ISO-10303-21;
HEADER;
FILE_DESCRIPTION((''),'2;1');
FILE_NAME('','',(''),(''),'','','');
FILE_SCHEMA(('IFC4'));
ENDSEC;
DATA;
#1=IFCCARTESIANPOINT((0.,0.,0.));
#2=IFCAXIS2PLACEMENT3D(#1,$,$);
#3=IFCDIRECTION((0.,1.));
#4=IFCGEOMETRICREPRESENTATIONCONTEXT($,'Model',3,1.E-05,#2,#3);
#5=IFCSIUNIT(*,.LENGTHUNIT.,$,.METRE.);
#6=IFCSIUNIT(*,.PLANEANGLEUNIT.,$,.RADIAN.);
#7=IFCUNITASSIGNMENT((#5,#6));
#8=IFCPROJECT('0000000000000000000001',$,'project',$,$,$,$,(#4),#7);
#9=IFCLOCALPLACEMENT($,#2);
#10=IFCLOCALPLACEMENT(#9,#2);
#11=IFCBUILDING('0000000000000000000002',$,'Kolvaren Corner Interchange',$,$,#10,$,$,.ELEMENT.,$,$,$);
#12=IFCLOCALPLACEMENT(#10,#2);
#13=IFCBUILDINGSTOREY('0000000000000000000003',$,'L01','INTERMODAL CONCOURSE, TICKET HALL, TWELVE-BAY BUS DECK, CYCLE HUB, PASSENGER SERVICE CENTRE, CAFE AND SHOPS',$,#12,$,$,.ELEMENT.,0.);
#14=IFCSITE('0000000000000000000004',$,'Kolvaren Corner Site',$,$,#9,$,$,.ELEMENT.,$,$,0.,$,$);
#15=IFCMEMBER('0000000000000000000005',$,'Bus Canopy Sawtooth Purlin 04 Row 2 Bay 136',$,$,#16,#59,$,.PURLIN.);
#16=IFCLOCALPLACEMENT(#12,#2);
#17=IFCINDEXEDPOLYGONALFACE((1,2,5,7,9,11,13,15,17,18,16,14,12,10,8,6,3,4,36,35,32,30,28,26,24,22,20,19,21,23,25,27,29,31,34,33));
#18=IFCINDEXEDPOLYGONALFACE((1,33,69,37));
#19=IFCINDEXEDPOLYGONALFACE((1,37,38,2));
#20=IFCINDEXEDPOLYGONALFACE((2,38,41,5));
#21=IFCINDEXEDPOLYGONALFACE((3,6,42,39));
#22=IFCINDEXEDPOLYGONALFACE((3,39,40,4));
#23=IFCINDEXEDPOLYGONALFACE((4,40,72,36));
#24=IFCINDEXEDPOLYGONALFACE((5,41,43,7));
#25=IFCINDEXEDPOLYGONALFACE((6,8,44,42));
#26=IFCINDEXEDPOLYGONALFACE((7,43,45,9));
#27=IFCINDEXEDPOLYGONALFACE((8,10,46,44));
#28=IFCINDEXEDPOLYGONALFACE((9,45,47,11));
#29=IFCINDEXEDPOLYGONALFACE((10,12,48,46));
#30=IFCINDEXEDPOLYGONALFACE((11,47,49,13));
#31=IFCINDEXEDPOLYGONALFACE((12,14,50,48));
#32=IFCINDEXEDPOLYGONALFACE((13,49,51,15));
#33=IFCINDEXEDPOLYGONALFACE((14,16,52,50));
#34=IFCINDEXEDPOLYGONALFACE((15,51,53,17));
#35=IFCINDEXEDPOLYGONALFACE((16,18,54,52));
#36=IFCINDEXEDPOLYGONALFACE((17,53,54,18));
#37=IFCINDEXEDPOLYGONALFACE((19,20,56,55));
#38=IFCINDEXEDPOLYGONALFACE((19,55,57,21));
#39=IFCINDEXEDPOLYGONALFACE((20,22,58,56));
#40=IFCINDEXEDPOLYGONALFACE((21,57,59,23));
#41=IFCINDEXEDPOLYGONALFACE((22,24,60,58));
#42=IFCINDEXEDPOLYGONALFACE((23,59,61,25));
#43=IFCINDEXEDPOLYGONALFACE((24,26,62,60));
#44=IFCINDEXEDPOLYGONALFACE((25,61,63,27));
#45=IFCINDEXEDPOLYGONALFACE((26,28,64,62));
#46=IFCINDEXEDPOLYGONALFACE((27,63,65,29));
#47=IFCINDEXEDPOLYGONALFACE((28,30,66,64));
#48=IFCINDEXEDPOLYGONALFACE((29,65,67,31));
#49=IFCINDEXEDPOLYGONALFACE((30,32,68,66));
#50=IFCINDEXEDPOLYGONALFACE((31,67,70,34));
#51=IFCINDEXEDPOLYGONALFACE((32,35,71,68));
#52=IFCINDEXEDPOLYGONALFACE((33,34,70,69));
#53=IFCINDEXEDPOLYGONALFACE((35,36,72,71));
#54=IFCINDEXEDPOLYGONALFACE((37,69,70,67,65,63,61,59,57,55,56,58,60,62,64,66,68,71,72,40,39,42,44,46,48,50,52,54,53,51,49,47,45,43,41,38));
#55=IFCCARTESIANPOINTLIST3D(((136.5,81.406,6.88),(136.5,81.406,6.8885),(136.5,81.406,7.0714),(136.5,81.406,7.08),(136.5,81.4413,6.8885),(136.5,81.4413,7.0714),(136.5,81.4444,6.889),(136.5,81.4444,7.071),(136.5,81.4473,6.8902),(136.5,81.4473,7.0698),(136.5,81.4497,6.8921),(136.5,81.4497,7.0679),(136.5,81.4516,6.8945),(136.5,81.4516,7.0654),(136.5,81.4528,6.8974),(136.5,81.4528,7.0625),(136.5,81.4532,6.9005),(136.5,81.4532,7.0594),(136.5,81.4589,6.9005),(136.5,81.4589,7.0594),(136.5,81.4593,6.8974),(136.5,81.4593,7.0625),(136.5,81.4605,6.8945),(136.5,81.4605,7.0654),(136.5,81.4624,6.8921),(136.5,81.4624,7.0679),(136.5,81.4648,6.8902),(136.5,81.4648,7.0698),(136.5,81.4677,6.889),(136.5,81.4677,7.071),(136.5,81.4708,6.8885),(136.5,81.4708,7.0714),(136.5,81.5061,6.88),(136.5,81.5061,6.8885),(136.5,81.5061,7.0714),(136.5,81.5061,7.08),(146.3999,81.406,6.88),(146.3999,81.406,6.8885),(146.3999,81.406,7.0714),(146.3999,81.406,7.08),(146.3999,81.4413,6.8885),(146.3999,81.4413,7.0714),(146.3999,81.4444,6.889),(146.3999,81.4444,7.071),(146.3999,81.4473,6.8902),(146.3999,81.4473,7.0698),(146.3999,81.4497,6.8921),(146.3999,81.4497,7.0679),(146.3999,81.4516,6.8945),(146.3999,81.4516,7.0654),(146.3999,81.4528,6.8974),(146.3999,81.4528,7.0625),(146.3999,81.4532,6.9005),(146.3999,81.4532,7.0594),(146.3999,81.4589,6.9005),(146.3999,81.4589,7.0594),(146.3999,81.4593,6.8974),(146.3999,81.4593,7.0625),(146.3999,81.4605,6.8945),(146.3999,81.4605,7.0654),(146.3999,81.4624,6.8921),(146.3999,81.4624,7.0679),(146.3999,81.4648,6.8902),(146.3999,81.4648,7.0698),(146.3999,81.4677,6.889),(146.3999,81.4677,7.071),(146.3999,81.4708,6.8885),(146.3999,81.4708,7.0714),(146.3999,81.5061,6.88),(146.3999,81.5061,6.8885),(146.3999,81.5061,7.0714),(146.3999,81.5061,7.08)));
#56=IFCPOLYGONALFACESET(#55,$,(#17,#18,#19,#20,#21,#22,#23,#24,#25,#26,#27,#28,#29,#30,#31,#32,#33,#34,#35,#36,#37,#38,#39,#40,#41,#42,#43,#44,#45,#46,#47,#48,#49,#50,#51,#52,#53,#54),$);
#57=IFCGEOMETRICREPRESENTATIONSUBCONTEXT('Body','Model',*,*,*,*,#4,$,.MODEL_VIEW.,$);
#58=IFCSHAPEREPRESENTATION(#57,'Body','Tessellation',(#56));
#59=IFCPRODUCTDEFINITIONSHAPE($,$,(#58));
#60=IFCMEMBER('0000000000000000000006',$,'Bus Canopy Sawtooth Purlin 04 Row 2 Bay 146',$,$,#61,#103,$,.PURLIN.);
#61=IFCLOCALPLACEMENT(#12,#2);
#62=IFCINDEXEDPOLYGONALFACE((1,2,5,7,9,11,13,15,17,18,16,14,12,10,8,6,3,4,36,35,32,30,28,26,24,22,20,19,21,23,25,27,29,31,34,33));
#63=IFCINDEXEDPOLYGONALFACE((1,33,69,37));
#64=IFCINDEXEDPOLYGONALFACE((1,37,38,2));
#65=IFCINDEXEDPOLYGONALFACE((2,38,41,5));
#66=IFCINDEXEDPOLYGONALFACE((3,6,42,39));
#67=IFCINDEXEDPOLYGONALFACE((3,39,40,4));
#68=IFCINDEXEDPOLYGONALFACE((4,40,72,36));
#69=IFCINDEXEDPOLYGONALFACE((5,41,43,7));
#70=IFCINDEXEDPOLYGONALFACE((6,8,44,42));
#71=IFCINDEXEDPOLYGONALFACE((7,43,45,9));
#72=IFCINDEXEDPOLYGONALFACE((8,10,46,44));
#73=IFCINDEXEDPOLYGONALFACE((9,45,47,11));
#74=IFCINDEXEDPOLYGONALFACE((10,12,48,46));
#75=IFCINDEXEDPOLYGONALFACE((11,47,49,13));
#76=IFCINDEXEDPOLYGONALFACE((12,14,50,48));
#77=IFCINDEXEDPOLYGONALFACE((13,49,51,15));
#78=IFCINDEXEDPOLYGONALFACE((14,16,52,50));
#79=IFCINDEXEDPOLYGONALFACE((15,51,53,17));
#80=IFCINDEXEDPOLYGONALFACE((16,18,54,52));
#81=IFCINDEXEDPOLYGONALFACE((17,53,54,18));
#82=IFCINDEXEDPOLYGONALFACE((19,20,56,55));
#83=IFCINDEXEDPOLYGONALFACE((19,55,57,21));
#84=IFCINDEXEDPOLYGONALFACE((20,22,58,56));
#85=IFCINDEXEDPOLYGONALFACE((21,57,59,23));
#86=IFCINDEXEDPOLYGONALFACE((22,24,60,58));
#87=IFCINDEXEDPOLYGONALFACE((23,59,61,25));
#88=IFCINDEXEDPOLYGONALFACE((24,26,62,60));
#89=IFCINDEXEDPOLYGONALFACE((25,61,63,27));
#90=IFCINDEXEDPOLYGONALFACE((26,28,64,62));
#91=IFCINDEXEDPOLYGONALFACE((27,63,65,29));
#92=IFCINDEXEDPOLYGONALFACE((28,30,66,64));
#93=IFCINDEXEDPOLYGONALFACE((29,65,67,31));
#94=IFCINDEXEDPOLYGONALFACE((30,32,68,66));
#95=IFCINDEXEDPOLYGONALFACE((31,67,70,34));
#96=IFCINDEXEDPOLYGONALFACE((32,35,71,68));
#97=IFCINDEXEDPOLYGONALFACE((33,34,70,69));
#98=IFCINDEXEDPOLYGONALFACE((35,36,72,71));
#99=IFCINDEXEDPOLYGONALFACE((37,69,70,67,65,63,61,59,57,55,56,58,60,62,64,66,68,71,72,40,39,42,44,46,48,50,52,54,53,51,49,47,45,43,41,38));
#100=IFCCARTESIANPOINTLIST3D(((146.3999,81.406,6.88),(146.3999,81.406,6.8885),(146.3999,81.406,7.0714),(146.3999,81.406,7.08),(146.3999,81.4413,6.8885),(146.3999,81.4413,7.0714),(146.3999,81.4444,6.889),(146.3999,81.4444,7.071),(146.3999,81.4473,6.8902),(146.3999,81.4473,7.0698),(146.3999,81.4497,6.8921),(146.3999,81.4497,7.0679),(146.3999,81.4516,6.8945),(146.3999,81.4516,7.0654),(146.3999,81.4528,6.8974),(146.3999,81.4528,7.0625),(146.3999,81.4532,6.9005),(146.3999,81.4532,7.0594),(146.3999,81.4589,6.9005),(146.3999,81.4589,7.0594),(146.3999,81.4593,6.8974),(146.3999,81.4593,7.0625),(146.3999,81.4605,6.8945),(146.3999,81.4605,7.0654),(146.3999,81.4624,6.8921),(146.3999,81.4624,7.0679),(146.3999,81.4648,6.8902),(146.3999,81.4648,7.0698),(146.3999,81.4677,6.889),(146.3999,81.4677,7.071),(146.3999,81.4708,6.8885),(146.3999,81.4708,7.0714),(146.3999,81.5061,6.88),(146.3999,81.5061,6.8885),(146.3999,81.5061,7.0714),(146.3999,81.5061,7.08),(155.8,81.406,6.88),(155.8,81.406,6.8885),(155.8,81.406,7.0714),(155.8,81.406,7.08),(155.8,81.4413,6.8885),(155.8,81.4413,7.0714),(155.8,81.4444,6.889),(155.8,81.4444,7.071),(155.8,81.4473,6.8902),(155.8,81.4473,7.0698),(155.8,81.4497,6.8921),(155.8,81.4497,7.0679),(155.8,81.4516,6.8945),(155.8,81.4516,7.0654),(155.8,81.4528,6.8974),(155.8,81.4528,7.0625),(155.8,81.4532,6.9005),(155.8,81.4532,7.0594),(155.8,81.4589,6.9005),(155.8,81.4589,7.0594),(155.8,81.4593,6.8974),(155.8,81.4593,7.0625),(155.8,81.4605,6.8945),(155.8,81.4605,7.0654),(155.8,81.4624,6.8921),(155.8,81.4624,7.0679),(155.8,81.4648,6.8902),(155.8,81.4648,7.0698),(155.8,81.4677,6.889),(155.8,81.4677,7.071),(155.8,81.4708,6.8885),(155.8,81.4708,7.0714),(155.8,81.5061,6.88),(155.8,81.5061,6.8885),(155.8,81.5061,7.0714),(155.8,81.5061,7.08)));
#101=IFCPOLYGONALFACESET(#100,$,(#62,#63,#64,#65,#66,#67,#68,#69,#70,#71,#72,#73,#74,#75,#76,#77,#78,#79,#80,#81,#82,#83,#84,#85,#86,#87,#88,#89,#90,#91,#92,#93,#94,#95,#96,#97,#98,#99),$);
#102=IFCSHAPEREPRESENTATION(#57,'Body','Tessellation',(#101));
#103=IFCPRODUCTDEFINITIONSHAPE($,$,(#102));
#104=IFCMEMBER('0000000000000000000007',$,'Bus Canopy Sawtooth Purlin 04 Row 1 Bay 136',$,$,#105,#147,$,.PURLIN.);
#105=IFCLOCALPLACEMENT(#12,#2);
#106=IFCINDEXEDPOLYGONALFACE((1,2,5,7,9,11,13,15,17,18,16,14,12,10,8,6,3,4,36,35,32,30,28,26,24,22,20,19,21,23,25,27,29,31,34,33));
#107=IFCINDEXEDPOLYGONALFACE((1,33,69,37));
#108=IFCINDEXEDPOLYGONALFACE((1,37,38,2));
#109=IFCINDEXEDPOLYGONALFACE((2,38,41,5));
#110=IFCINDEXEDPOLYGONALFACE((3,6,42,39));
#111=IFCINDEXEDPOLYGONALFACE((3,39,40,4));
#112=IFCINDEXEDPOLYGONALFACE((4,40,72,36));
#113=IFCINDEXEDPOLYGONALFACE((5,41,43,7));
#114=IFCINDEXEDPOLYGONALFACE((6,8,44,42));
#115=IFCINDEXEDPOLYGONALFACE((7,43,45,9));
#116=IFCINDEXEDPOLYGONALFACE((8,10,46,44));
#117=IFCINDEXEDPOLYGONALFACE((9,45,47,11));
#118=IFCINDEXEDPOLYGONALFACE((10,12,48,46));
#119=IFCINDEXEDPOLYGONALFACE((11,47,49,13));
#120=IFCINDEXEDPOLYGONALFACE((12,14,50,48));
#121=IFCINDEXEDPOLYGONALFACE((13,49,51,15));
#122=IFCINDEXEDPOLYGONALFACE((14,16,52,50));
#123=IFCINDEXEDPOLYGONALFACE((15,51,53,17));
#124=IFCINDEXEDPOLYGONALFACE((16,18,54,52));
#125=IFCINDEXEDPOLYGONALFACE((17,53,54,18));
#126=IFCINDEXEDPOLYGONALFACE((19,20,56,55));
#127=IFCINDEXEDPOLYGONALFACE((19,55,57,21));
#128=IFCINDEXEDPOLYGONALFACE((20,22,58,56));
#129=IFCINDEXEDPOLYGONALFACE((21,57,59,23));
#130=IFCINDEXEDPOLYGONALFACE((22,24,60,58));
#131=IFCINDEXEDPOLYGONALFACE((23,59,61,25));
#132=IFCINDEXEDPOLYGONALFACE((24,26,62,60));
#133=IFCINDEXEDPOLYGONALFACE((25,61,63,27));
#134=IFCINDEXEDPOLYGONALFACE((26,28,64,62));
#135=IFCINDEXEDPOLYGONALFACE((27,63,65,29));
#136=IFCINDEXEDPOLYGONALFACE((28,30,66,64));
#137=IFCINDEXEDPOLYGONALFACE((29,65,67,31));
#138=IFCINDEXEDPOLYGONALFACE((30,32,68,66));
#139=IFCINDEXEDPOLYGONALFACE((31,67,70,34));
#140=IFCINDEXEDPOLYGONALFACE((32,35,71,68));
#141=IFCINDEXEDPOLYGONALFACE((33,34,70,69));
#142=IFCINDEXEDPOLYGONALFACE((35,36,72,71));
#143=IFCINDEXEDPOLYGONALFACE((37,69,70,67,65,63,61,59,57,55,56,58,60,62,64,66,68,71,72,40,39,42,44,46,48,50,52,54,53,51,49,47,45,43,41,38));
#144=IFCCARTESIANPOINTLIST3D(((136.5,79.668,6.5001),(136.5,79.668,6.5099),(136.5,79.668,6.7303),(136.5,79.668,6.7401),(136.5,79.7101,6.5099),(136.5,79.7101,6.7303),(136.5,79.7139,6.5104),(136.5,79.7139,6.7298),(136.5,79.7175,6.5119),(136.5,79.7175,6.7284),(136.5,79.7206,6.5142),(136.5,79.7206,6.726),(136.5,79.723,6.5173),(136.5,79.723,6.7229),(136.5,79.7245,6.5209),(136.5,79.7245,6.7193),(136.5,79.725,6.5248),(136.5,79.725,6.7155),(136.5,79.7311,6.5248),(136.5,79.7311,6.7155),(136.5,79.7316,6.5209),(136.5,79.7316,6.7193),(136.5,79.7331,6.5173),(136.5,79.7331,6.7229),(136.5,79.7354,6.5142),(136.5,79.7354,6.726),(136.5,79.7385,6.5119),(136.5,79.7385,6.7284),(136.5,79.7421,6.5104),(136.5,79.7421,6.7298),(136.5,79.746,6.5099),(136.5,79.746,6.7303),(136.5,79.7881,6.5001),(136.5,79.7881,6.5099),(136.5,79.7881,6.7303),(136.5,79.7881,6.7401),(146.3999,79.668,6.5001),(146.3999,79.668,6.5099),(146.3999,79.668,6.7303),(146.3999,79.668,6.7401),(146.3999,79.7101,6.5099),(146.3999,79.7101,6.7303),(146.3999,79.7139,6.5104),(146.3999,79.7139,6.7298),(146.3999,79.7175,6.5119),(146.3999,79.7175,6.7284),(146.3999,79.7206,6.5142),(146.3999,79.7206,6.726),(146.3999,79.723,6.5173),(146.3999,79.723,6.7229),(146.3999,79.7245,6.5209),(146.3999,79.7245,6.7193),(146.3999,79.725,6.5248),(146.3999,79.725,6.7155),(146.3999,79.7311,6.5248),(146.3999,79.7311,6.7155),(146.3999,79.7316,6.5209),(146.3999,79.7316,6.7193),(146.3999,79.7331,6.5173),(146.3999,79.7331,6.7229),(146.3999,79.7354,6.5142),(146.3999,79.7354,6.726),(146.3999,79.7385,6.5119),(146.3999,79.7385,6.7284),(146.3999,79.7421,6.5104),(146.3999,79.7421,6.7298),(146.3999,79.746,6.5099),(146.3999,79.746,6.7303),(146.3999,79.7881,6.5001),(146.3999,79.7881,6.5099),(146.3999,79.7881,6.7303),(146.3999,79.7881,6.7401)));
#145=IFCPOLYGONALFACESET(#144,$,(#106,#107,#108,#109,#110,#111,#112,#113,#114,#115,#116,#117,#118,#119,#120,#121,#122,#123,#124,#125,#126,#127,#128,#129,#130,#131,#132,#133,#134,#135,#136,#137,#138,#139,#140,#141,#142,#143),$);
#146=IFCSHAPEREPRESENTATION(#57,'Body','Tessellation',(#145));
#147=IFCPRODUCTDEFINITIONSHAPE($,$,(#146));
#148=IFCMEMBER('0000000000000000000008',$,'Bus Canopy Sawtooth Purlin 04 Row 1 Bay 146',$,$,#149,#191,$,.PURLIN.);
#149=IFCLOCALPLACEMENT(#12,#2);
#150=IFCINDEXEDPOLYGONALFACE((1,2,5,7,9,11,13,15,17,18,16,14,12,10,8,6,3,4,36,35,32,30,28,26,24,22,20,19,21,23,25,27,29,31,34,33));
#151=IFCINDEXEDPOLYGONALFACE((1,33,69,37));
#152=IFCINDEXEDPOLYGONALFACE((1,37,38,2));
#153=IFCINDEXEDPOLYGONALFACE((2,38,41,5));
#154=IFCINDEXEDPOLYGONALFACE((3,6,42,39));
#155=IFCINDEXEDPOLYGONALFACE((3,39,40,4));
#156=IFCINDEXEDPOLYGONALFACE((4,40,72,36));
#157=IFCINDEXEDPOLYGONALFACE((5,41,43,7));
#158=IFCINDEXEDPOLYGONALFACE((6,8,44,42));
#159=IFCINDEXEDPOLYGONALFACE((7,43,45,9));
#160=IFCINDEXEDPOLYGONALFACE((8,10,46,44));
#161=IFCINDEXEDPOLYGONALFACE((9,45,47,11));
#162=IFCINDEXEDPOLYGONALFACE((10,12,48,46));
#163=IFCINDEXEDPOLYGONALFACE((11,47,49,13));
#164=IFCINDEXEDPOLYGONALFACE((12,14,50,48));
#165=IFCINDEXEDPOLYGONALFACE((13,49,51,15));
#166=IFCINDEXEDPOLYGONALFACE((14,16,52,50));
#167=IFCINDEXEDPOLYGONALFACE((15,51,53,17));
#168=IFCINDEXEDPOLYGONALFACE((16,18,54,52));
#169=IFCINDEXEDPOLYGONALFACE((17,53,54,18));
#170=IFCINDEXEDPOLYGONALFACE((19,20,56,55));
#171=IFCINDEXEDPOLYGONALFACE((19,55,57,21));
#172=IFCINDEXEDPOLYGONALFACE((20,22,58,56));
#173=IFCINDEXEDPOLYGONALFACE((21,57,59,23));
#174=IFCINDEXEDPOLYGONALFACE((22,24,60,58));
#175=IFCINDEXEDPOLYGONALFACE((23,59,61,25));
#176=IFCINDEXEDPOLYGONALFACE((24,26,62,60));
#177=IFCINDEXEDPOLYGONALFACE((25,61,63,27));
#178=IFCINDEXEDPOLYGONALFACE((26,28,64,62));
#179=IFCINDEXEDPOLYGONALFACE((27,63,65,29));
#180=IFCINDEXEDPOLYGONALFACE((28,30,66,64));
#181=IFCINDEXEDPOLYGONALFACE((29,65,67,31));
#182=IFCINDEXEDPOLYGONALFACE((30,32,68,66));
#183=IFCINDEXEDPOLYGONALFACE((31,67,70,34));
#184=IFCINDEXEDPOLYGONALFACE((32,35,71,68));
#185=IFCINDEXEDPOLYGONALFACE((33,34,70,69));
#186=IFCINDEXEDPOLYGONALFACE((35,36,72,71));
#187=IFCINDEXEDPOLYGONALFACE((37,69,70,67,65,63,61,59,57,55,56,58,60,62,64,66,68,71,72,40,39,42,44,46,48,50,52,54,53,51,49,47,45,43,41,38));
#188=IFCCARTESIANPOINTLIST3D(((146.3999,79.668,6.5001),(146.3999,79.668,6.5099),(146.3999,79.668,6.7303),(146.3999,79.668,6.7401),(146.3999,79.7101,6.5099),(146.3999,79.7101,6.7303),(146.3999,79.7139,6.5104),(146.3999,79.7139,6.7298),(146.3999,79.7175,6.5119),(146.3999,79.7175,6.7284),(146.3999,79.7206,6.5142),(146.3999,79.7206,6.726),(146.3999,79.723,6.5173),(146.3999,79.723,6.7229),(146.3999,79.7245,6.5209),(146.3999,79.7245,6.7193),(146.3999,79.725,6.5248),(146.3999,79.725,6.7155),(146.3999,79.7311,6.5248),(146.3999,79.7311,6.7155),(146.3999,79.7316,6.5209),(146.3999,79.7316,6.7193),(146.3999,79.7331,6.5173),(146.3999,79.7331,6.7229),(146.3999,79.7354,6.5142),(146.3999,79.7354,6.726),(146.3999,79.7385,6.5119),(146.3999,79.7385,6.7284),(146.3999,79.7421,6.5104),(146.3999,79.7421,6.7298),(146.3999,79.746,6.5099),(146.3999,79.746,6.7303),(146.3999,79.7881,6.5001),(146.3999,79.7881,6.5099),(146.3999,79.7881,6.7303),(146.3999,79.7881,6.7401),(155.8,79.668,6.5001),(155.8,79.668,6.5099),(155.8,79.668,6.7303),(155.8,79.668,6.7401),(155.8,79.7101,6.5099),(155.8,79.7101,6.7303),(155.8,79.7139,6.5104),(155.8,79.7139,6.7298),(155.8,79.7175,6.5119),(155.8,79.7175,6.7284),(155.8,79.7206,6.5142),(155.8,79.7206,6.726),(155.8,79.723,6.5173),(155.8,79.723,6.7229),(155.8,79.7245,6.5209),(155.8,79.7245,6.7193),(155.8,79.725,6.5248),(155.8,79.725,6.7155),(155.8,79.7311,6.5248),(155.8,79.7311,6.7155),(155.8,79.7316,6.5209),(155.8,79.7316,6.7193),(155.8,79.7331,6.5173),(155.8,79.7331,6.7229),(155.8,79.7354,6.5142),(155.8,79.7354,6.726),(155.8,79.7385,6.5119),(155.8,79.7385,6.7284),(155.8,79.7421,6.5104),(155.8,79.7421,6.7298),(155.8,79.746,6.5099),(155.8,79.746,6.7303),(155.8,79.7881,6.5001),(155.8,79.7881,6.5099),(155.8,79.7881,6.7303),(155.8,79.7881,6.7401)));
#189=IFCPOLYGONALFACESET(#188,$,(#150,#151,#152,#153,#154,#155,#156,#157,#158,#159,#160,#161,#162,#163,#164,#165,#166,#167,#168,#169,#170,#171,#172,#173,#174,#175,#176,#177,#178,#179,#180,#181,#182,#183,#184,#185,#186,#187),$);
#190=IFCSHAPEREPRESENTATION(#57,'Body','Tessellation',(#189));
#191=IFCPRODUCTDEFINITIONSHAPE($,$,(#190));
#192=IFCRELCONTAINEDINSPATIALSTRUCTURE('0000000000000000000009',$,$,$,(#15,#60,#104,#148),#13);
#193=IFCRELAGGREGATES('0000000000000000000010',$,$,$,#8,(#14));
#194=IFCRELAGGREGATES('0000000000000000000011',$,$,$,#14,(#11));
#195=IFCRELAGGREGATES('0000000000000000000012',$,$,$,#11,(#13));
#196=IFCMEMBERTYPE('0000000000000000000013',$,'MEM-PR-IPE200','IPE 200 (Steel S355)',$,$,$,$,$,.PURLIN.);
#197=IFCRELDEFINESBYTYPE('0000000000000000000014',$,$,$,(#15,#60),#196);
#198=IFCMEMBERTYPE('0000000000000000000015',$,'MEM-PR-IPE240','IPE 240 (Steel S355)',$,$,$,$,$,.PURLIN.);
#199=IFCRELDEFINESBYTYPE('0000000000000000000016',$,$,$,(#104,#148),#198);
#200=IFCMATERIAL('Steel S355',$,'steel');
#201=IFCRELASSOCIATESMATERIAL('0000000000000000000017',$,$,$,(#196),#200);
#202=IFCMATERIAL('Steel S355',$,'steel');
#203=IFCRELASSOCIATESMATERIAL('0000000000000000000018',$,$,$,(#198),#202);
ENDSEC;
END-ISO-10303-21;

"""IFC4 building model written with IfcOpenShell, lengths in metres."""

from ifc_helpers import new_model, si_unit, direction, frame, origin, origin_2d, place, context, subcontext, project, spatial, i_section, extrude, material, material_profile, profile_set, type_object, element, save


model = new_model("IFC4")

# Units and contexts
model_context = context("Model", 3, precision=1e-05, world=origin(), true_north=direction((0.0, 1.0)))
body_context = subcontext(model_context, "Body", "Model", "MODEL_VIEW")
ifc_project = project(units=[si_unit("LENGTHUNIT", "METRE"), si_unit("PLANEANGLEUNIT", "RADIAN")], contexts=[model_context])

# Site, building, storey
site_placement = place(None, origin())
site = spatial("IfcSite", under=ifc_project, at=site_placement, Name="Kolvaren Corner Site", CompositionType="ELEMENT", RefElevation=0.0)
building_placement = place(site_placement, origin())
building = spatial("IfcBuilding", under=site, at=building_placement, Name="Kolvaren Corner Interchange", CompositionType="ELEMENT")
storey_placement = place(building_placement, origin())
storey = spatial("IfcBuildingStorey", under=building, at=storey_placement, Name="L01", Description="INTERMODAL CONCOURSE, TICKET HALL, TWELVE-BAY BUS DECK, CYCLE HUB, PASSENGER SERVICE CENTRE, CAFE AND SHOPS", CompositionType="ELEMENT", Elevation=0.0)

# Members
ifc_material_1 = material(Name="Steel S355", Category="steel")
ifc_material_profile_1 = material_profile(ifc_material_1, i_section(OverallWidth=0.1001, OverallDepth=0.2, WebThickness=0.0056, FlangeThickness=0.0085, FilletRadius=0.012, at=origin_2d()), Name="IPE 200")
ifc_profile_set_1 = profile_set([ifc_material_profile_1], Name="Steel S355")
member_type_1 = type_object("IfcMemberType", Name="MEM-PR-IPE200", Description="IPE 200 (Steel S355)", PredefinedType="PURLIN", material=ifc_profile_set_1)
member_1_placement = place(storey_placement, frame((136.5, 81.4561, 6.98), z_axis=(1.0, 0.0, 0.0), x_axis=(0.0, 1.0, 0.0)))
element("IfcMember", 1, at=member_1_placement, inside=storey, type_object=member_type_1, Name="Bus Canopy Sawtooth Purlin 04 Row 2 Bay 136", PredefinedType="PURLIN", context=body_context, shape_type="SweptSolid", body=[
    extrude(i_section(OverallWidth=0.1001, OverallDepth=0.2, WebThickness=0.0056, FlangeThickness=0.0085, FilletRadius=0.012, at=origin_2d()), origin(), (0.0, 0.0, 1.0), 9.8999),
])
member_2_placement = place(storey_placement, frame((146.3999, 81.4561, 6.98), z_axis=(1.0, 0.0, 0.0), x_axis=(0.0, 1.0, 0.0)))
element("IfcMember", 2, at=member_2_placement, inside=storey, type_object=member_type_1, Name="Bus Canopy Sawtooth Purlin 04 Row 2 Bay 146", PredefinedType="PURLIN", context=body_context, shape_type="SweptSolid", body=[
    extrude(i_section(OverallWidth=0.1001, OverallDepth=0.2, WebThickness=0.0056, FlangeThickness=0.0085, FilletRadius=0.012, at=origin_2d()), origin(), (0.0, 0.0, 1.0), 9.4001),
])
ifc_material_2 = material(Name="Steel S355", Category="steel")
ifc_material_profile_2 = material_profile(ifc_material_2, i_section(OverallWidth=0.1201, OverallDepth=0.24, WebThickness=0.0061, FlangeThickness=0.0098, FilletRadius=0.0149, at=origin_2d()), Name="IPE 240")
ifc_profile_set_2 = profile_set([ifc_material_profile_2], Name="Steel S355")
member_type_2 = type_object("IfcMemberType", Name="MEM-PR-IPE240", Description="IPE 240 (Steel S355)", PredefinedType="PURLIN", material=ifc_profile_set_2)
member_3_placement = place(storey_placement, frame((136.5, 79.728, 6.6201), z_axis=(1.0, 0.0, 0.0), x_axis=(0.0, 1.0, 0.0)))
element("IfcMember", 3, at=member_3_placement, inside=storey, type_object=member_type_2, Name="Bus Canopy Sawtooth Purlin 04 Row 1 Bay 136", PredefinedType="PURLIN", context=body_context, shape_type="SweptSolid", body=[
    extrude(i_section(OverallWidth=0.1201, OverallDepth=0.24, WebThickness=0.0061, FlangeThickness=0.0098, FilletRadius=0.0149, at=origin_2d()), origin(), (0.0, 0.0, 1.0), 9.8999),
])
member_4_placement = place(storey_placement, frame((146.3999, 79.728, 6.6201), z_axis=(1.0, 0.0, 0.0), x_axis=(0.0, 1.0, 0.0)))
element("IfcMember", 4, at=member_4_placement, inside=storey, type_object=member_type_2, Name="Bus Canopy Sawtooth Purlin 04 Row 1 Bay 146", PredefinedType="PURLIN", context=body_context, shape_type="SweptSolid", body=[
    extrude(i_section(OverallWidth=0.1201, OverallDepth=0.24, WebThickness=0.0061, FlangeThickness=0.0098, FilletRadius=0.0149, at=origin_2d()), origin(), (0.0, 0.0, 1.0), 9.4001),
])

save(model, "model.ifc")
